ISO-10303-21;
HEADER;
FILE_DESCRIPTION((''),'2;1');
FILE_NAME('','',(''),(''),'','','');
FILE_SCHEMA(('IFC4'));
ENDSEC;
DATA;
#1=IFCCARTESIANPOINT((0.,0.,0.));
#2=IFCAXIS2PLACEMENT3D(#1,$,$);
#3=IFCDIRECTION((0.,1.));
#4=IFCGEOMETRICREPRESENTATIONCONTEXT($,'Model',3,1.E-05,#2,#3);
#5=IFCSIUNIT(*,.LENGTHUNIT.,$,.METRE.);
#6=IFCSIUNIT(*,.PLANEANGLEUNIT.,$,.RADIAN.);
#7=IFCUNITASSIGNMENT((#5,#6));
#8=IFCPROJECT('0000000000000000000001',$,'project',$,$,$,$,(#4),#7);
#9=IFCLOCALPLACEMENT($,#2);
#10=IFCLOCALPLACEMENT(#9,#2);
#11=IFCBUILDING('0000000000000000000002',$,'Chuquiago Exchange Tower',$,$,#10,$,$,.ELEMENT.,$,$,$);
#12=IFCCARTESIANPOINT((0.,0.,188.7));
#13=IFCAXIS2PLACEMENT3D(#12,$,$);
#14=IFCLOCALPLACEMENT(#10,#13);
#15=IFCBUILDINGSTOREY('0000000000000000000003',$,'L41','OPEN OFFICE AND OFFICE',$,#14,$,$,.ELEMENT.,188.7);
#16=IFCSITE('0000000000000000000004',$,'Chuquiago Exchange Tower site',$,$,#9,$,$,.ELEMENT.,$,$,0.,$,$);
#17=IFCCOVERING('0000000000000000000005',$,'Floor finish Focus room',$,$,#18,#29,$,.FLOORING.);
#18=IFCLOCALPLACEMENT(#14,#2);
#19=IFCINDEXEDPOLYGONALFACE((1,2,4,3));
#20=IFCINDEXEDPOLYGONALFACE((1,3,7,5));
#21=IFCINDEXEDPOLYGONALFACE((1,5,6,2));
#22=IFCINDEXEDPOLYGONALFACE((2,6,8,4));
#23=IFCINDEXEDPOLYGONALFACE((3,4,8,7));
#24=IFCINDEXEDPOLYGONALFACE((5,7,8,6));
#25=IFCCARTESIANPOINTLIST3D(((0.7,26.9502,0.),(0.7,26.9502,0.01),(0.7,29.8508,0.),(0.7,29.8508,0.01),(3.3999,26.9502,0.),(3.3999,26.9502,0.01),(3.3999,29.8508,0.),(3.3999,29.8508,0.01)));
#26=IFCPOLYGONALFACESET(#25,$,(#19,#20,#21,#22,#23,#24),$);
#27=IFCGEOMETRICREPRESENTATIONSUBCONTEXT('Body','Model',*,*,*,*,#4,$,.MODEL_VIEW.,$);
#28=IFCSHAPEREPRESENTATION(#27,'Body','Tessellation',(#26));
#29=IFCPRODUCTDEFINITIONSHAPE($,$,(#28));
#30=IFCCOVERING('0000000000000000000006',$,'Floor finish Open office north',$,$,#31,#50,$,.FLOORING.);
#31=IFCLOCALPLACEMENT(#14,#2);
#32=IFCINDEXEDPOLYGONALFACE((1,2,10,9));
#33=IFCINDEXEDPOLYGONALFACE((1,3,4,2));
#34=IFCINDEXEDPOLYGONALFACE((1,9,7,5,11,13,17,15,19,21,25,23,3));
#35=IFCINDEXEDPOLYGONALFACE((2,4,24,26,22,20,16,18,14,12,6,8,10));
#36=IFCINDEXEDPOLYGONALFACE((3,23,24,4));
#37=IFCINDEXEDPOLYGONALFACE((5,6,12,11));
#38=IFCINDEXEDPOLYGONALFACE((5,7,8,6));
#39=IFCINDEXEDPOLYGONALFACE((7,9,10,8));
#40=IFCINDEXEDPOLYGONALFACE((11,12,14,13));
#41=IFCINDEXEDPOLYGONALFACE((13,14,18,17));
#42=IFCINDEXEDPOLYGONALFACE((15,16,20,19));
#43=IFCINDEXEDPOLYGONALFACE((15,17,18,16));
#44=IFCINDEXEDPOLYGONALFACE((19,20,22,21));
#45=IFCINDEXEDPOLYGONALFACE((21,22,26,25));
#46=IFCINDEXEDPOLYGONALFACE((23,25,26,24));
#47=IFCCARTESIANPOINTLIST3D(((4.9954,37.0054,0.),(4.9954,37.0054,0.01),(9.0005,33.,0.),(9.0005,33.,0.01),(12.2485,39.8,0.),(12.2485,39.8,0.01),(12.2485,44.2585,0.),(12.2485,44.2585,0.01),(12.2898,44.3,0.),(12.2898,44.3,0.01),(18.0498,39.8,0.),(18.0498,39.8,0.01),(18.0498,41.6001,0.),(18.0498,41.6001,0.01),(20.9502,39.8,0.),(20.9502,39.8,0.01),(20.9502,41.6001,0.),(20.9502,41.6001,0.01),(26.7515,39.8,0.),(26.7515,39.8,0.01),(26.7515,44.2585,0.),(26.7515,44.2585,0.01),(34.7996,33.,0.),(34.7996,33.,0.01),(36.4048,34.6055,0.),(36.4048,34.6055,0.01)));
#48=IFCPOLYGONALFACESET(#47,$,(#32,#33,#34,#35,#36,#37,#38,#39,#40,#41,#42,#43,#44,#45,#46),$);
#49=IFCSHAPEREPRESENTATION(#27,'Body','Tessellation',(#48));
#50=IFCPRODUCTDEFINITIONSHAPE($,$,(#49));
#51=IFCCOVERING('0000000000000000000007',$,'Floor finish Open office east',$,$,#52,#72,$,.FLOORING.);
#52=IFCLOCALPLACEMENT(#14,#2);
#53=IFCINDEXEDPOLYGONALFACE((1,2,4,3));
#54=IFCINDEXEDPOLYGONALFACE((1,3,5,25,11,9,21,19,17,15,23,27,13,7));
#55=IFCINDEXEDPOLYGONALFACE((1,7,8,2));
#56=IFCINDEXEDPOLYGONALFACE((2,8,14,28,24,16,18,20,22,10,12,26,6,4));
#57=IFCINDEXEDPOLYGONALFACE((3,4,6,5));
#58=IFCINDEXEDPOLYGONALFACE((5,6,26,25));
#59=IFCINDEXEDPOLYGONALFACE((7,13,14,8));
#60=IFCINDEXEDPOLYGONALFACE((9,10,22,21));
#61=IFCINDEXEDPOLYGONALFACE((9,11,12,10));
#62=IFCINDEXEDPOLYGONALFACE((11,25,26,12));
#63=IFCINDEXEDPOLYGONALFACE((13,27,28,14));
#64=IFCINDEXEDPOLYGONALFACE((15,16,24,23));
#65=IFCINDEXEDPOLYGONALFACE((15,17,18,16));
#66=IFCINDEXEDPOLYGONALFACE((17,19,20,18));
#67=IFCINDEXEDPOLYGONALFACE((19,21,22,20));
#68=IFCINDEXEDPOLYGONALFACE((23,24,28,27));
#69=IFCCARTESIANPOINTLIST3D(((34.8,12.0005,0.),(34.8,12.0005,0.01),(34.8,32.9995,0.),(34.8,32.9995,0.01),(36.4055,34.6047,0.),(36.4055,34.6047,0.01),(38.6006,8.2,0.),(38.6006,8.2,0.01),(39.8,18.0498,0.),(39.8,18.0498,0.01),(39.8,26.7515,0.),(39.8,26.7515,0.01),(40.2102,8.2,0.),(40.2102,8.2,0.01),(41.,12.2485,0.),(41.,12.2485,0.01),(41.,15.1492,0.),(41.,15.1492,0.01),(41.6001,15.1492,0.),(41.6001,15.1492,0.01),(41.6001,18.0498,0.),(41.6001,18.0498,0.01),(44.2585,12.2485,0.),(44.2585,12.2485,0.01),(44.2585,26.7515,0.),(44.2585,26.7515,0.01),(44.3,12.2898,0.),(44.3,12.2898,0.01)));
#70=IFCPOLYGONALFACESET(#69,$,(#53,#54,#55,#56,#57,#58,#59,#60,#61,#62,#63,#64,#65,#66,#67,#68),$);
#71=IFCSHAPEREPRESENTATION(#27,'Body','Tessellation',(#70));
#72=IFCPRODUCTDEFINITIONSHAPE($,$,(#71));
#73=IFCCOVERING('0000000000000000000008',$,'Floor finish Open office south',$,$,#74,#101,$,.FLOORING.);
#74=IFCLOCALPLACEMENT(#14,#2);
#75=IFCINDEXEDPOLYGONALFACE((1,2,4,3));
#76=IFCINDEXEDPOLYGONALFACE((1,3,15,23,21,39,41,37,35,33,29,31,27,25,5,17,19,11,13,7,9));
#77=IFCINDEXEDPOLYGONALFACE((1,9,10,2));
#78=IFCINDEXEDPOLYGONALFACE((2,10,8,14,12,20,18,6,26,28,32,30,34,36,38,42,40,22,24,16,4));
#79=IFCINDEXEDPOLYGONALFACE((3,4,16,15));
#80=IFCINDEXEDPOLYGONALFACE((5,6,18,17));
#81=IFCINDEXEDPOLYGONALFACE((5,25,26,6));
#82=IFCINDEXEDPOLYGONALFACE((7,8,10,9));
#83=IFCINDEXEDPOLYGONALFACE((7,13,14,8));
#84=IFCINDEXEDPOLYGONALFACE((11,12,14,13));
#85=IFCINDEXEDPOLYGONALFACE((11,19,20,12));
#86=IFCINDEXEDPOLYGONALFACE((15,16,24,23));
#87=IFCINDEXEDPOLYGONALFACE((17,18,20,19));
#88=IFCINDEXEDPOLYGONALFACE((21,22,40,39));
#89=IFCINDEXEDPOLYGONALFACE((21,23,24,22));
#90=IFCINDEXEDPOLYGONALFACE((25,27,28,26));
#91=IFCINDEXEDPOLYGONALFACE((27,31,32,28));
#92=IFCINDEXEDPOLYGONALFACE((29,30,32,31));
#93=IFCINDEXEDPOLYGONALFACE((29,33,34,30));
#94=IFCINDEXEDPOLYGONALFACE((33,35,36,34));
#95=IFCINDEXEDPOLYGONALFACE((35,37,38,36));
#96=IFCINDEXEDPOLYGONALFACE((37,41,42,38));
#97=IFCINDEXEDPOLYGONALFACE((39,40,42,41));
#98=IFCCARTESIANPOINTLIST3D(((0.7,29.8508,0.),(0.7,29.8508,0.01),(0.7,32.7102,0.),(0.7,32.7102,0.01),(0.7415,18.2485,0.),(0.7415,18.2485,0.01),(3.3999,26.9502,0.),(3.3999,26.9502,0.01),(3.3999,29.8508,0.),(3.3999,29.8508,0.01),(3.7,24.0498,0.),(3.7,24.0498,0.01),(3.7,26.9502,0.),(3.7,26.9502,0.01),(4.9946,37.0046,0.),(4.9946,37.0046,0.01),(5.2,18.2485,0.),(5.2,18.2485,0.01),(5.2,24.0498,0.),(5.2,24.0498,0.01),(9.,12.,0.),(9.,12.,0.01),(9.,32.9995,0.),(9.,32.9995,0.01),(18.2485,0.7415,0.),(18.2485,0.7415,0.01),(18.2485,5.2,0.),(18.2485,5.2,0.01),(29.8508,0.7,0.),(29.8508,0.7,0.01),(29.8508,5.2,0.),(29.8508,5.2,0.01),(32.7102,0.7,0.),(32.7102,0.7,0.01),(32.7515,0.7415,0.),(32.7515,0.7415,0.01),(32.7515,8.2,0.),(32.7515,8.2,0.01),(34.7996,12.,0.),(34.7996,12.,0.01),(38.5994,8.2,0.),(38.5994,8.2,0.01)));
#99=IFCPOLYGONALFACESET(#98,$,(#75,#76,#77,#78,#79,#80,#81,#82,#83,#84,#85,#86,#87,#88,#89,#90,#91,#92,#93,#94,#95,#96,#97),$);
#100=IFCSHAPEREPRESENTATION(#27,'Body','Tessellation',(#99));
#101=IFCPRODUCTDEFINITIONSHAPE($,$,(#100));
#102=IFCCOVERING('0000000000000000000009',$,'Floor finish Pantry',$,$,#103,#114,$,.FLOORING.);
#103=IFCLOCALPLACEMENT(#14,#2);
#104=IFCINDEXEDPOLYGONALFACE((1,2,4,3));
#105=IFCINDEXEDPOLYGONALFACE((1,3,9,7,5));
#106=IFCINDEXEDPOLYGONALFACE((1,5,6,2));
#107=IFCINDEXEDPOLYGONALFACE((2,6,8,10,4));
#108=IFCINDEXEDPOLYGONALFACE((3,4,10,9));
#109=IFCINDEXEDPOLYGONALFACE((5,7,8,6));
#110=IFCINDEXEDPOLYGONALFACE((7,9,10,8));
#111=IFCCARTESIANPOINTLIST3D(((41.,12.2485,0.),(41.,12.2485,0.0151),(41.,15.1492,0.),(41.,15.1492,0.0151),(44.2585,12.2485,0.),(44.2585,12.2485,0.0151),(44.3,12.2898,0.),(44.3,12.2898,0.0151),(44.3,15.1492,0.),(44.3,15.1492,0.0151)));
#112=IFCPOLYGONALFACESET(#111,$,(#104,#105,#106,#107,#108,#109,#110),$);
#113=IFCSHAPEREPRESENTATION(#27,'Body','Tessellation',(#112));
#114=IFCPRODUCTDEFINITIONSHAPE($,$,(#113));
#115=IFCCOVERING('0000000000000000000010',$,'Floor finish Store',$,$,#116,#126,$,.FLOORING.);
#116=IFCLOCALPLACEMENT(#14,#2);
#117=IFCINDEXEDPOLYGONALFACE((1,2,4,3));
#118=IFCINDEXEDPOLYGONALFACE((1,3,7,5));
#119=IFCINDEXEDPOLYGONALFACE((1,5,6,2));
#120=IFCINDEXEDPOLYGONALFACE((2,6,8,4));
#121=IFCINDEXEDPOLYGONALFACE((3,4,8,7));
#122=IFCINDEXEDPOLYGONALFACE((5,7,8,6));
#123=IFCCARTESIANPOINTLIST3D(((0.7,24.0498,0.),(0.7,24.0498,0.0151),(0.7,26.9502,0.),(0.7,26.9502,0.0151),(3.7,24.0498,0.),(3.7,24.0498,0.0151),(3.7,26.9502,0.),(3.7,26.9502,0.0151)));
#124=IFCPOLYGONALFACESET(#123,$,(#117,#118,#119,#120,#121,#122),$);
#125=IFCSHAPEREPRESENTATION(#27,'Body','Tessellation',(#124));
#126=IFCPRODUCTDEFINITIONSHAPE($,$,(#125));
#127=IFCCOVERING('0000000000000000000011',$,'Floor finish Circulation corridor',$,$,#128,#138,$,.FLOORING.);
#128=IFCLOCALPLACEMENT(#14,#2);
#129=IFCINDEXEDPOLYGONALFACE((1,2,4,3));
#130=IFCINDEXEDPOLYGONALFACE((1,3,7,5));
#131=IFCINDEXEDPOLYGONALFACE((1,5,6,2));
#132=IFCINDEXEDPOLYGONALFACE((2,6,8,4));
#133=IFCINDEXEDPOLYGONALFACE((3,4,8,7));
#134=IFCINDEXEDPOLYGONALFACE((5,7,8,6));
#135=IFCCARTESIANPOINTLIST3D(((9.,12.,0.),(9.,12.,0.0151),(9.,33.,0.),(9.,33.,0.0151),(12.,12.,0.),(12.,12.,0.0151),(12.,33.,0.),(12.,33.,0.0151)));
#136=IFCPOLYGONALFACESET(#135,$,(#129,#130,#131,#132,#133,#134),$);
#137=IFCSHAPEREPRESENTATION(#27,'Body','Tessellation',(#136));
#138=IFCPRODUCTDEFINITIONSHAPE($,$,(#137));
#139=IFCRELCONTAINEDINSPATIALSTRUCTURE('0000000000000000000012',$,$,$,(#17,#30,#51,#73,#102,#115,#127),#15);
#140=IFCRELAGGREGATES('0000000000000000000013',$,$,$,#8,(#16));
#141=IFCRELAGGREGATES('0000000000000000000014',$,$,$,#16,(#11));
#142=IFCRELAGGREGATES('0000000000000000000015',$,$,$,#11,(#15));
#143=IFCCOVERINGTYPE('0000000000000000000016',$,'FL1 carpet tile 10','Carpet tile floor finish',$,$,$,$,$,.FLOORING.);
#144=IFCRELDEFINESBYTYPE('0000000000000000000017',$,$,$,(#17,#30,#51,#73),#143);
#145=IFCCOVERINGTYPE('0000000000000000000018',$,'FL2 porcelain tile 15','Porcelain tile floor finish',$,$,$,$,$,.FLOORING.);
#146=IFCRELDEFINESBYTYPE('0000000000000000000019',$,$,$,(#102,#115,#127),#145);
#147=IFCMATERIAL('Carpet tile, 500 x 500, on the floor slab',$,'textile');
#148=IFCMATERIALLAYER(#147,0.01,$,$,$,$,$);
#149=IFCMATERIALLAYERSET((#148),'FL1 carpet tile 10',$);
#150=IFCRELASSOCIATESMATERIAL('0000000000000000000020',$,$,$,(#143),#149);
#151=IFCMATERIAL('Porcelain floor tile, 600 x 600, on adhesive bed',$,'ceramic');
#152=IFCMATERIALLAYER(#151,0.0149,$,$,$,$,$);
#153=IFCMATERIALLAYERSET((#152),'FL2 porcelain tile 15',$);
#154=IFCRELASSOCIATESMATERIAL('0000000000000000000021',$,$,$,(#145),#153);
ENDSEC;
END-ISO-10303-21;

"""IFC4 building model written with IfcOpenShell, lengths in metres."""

from ifc_helpers import new_model, si_unit, direction, frame, origin, place, context, subcontext, project, spatial, polyline, outline, extrude, material, layer, layer_set, type_object, element, save


model = new_model("IFC4")

# Units and contexts
model_context = context("Model", 3, precision=1e-05, world=origin(), true_north=direction((0.0, 1.0)))
body_context = subcontext(model_context, "Body", "Model", "MODEL_VIEW")
ifc_project = project(units=[si_unit("LENGTHUNIT", "METRE"), si_unit("PLANEANGLEUNIT", "RADIAN")], contexts=[model_context])

# Site, building, storey
site_placement = place(None, origin())
site = spatial("IfcSite", under=ifc_project, at=site_placement, Name="Chuquiago Exchange Tower site", CompositionType="ELEMENT", RefElevation=0.0)
building_placement = place(site_placement, origin())
building = spatial("IfcBuilding", under=site, at=building_placement, Name="Chuquiago Exchange Tower", CompositionType="ELEMENT")
storey_placement = place(building_placement, frame((0.0, 0.0, 188.7)))
storey = spatial("IfcBuildingStorey", under=building, at=storey_placement, Name="L41", Description="OPEN OFFICE AND OFFICE", CompositionType="ELEMENT", Elevation=188.7)

# Coverings
ifc_material_1 = material(Name="Carpet tile, 500 x 500, on the floor slab", Category="textile")
ifc_layer_1 = layer(ifc_material_1, 0.01)
ifc_layer_set_1 = layer_set([ifc_layer_1], Name="FL1 carpet tile 10")
covering_type_1 = type_object("IfcCoveringType", Name="FL1 carpet tile 10", Description="Carpet tile floor finish", PredefinedType="FLOORING", material=ifc_layer_set_1)
covering_1_placement = place(storey_placement, origin())
element("IfcCovering", 1, at=covering_1_placement, inside=storey, type_object=covering_type_1, Name="Floor finish Focus room", PredefinedType="FLOORING", context=body_context, shape_type="SweptSolid", body=[
    extrude(outline(polyline([(0.7, 29.8508), (3.3999, 29.8508), (3.3999, 26.9502), (0.7, 26.9502), (0.7, 29.8508)])), origin(), (0.0, 0.0, 1.0), 0.01),
])
covering_2_placement = place(storey_placement, origin())
element("IfcCovering", 2, at=covering_2_placement, inside=storey, type_object=covering_type_1, Name="Floor finish Open office north", PredefinedType="FLOORING", context=body_context, shape_type="SweptSolid", body=[
    extrude(outline(polyline([(12.2485, 44.2585), (12.2485, 39.8), (18.0498, 39.8), (18.0498, 41.6001), (20.9502, 41.6001), (20.9502, 39.8), (26.7515, 39.8), (26.7515, 44.2585), (36.4048, 34.6055), (34.7996, 33.0), (9.0005, 33.0), (4.9954, 37.0054), (12.2898, 44.3), (12.2485, 44.2585)])), origin(), (0.0, 0.0, 1.0), 0.01),
])
covering_3_placement = place(storey_placement, origin())
element("IfcCovering", 3, at=covering_3_placement, inside=storey, type_object=covering_type_1, Name="Floor finish Open office east", PredefinedType="FLOORING", context=body_context, shape_type="SweptSolid", body=[
    extrude(outline(polyline([(44.2585, 26.7515), (39.8, 26.7515), (39.8, 18.0498), (41.6001, 18.0498), (41.6001, 15.1492), (41.0, 15.1492), (41.0, 12.2485), (44.2585, 12.2485), (44.3, 12.2898), (40.2102, 8.2), (38.6006, 8.2), (34.8, 12.0005), (34.8, 32.9995), (36.4055, 34.6047), (44.2585, 26.7515)])), origin(), (0.0, 0.0, 1.0), 0.01),
])
covering_4_placement = place(storey_placement, origin())
element("IfcCovering", 4, at=covering_4_placement, inside=storey, type_object=covering_type_1, Name="Floor finish Open office south", PredefinedType="FLOORING", context=body_context, shape_type="SweptSolid", body=[
    extrude(outline(polyline([(32.7515, 8.2), (32.7515, 0.7415), (32.7102, 0.7), (29.8508, 0.7), (29.8508, 5.2), (18.2485, 5.2), (18.2485, 0.7415), (0.7415, 18.2485), (5.2, 18.2485), (5.2, 24.0498), (3.7, 24.0498), (3.7, 26.9502), (3.3999, 26.9502), (3.3999, 29.8508), (0.7, 29.8508), (0.7, 32.7102), (4.9946, 37.0046), (9.0, 32.9995), (9.0, 12.0), (34.7996, 12.0), (38.5994, 8.2), (32.7515, 8.2)])), origin(), (0.0, 0.0, 1.0), 0.01),
])
ifc_material_2 = material(Name="Porcelain floor tile, 600 x 600, on adhesive bed", Category="ceramic")
ifc_layer_2 = layer(ifc_material_2, 0.0149)
ifc_layer_set_2 = layer_set([ifc_layer_2], Name="FL2 porcelain tile 15")
covering_type_2 = type_object("IfcCoveringType", Name="FL2 porcelain tile 15", Description="Porcelain tile floor finish", PredefinedType="FLOORING", material=ifc_layer_set_2)
covering_5_placement = place(storey_placement, origin())
element("IfcCovering", 5, at=covering_5_placement, inside=storey, type_object=covering_type_2, Name="Floor finish Pantry", PredefinedType="FLOORING", context=body_context, shape_type="SweptSolid", body=[
    extrude(outline(polyline([(44.3, 12.2898), (44.2585, 12.2485), (41.0, 12.2485), (41.0, 15.1492), (44.3, 15.1492), (44.3, 12.2898)])), origin(), (0.0, 0.0, 1.0), 0.0151),
])
covering_6_placement = place(storey_placement, origin())
element("IfcCovering", 6, at=covering_6_placement, inside=storey, type_object=covering_type_2, Name="Floor finish Store", PredefinedType="FLOORING", context=body_context, shape_type="SweptSolid", body=[
    extrude(outline(polyline([(0.7, 26.9502), (3.7, 26.9502), (3.7, 24.0498), (0.7, 24.0498), (0.7, 26.9502)])), origin(), (0.0, 0.0, 1.0), 0.0151),
])
covering_7_placement = place(storey_placement, origin())
element("IfcCovering", 7, at=covering_7_placement, inside=storey, type_object=covering_type_2, Name="Floor finish Circulation corridor", PredefinedType="FLOORING", context=body_context, shape_type="SweptSolid", body=[
    extrude(outline(polyline([(12.0, 12.0), (9.0, 12.0), (9.0, 33.0), (12.0, 33.0), (12.0, 12.0)])), origin(), (0.0, 0.0, 1.0), 0.0151),
])

save(model, "model.ifc")
